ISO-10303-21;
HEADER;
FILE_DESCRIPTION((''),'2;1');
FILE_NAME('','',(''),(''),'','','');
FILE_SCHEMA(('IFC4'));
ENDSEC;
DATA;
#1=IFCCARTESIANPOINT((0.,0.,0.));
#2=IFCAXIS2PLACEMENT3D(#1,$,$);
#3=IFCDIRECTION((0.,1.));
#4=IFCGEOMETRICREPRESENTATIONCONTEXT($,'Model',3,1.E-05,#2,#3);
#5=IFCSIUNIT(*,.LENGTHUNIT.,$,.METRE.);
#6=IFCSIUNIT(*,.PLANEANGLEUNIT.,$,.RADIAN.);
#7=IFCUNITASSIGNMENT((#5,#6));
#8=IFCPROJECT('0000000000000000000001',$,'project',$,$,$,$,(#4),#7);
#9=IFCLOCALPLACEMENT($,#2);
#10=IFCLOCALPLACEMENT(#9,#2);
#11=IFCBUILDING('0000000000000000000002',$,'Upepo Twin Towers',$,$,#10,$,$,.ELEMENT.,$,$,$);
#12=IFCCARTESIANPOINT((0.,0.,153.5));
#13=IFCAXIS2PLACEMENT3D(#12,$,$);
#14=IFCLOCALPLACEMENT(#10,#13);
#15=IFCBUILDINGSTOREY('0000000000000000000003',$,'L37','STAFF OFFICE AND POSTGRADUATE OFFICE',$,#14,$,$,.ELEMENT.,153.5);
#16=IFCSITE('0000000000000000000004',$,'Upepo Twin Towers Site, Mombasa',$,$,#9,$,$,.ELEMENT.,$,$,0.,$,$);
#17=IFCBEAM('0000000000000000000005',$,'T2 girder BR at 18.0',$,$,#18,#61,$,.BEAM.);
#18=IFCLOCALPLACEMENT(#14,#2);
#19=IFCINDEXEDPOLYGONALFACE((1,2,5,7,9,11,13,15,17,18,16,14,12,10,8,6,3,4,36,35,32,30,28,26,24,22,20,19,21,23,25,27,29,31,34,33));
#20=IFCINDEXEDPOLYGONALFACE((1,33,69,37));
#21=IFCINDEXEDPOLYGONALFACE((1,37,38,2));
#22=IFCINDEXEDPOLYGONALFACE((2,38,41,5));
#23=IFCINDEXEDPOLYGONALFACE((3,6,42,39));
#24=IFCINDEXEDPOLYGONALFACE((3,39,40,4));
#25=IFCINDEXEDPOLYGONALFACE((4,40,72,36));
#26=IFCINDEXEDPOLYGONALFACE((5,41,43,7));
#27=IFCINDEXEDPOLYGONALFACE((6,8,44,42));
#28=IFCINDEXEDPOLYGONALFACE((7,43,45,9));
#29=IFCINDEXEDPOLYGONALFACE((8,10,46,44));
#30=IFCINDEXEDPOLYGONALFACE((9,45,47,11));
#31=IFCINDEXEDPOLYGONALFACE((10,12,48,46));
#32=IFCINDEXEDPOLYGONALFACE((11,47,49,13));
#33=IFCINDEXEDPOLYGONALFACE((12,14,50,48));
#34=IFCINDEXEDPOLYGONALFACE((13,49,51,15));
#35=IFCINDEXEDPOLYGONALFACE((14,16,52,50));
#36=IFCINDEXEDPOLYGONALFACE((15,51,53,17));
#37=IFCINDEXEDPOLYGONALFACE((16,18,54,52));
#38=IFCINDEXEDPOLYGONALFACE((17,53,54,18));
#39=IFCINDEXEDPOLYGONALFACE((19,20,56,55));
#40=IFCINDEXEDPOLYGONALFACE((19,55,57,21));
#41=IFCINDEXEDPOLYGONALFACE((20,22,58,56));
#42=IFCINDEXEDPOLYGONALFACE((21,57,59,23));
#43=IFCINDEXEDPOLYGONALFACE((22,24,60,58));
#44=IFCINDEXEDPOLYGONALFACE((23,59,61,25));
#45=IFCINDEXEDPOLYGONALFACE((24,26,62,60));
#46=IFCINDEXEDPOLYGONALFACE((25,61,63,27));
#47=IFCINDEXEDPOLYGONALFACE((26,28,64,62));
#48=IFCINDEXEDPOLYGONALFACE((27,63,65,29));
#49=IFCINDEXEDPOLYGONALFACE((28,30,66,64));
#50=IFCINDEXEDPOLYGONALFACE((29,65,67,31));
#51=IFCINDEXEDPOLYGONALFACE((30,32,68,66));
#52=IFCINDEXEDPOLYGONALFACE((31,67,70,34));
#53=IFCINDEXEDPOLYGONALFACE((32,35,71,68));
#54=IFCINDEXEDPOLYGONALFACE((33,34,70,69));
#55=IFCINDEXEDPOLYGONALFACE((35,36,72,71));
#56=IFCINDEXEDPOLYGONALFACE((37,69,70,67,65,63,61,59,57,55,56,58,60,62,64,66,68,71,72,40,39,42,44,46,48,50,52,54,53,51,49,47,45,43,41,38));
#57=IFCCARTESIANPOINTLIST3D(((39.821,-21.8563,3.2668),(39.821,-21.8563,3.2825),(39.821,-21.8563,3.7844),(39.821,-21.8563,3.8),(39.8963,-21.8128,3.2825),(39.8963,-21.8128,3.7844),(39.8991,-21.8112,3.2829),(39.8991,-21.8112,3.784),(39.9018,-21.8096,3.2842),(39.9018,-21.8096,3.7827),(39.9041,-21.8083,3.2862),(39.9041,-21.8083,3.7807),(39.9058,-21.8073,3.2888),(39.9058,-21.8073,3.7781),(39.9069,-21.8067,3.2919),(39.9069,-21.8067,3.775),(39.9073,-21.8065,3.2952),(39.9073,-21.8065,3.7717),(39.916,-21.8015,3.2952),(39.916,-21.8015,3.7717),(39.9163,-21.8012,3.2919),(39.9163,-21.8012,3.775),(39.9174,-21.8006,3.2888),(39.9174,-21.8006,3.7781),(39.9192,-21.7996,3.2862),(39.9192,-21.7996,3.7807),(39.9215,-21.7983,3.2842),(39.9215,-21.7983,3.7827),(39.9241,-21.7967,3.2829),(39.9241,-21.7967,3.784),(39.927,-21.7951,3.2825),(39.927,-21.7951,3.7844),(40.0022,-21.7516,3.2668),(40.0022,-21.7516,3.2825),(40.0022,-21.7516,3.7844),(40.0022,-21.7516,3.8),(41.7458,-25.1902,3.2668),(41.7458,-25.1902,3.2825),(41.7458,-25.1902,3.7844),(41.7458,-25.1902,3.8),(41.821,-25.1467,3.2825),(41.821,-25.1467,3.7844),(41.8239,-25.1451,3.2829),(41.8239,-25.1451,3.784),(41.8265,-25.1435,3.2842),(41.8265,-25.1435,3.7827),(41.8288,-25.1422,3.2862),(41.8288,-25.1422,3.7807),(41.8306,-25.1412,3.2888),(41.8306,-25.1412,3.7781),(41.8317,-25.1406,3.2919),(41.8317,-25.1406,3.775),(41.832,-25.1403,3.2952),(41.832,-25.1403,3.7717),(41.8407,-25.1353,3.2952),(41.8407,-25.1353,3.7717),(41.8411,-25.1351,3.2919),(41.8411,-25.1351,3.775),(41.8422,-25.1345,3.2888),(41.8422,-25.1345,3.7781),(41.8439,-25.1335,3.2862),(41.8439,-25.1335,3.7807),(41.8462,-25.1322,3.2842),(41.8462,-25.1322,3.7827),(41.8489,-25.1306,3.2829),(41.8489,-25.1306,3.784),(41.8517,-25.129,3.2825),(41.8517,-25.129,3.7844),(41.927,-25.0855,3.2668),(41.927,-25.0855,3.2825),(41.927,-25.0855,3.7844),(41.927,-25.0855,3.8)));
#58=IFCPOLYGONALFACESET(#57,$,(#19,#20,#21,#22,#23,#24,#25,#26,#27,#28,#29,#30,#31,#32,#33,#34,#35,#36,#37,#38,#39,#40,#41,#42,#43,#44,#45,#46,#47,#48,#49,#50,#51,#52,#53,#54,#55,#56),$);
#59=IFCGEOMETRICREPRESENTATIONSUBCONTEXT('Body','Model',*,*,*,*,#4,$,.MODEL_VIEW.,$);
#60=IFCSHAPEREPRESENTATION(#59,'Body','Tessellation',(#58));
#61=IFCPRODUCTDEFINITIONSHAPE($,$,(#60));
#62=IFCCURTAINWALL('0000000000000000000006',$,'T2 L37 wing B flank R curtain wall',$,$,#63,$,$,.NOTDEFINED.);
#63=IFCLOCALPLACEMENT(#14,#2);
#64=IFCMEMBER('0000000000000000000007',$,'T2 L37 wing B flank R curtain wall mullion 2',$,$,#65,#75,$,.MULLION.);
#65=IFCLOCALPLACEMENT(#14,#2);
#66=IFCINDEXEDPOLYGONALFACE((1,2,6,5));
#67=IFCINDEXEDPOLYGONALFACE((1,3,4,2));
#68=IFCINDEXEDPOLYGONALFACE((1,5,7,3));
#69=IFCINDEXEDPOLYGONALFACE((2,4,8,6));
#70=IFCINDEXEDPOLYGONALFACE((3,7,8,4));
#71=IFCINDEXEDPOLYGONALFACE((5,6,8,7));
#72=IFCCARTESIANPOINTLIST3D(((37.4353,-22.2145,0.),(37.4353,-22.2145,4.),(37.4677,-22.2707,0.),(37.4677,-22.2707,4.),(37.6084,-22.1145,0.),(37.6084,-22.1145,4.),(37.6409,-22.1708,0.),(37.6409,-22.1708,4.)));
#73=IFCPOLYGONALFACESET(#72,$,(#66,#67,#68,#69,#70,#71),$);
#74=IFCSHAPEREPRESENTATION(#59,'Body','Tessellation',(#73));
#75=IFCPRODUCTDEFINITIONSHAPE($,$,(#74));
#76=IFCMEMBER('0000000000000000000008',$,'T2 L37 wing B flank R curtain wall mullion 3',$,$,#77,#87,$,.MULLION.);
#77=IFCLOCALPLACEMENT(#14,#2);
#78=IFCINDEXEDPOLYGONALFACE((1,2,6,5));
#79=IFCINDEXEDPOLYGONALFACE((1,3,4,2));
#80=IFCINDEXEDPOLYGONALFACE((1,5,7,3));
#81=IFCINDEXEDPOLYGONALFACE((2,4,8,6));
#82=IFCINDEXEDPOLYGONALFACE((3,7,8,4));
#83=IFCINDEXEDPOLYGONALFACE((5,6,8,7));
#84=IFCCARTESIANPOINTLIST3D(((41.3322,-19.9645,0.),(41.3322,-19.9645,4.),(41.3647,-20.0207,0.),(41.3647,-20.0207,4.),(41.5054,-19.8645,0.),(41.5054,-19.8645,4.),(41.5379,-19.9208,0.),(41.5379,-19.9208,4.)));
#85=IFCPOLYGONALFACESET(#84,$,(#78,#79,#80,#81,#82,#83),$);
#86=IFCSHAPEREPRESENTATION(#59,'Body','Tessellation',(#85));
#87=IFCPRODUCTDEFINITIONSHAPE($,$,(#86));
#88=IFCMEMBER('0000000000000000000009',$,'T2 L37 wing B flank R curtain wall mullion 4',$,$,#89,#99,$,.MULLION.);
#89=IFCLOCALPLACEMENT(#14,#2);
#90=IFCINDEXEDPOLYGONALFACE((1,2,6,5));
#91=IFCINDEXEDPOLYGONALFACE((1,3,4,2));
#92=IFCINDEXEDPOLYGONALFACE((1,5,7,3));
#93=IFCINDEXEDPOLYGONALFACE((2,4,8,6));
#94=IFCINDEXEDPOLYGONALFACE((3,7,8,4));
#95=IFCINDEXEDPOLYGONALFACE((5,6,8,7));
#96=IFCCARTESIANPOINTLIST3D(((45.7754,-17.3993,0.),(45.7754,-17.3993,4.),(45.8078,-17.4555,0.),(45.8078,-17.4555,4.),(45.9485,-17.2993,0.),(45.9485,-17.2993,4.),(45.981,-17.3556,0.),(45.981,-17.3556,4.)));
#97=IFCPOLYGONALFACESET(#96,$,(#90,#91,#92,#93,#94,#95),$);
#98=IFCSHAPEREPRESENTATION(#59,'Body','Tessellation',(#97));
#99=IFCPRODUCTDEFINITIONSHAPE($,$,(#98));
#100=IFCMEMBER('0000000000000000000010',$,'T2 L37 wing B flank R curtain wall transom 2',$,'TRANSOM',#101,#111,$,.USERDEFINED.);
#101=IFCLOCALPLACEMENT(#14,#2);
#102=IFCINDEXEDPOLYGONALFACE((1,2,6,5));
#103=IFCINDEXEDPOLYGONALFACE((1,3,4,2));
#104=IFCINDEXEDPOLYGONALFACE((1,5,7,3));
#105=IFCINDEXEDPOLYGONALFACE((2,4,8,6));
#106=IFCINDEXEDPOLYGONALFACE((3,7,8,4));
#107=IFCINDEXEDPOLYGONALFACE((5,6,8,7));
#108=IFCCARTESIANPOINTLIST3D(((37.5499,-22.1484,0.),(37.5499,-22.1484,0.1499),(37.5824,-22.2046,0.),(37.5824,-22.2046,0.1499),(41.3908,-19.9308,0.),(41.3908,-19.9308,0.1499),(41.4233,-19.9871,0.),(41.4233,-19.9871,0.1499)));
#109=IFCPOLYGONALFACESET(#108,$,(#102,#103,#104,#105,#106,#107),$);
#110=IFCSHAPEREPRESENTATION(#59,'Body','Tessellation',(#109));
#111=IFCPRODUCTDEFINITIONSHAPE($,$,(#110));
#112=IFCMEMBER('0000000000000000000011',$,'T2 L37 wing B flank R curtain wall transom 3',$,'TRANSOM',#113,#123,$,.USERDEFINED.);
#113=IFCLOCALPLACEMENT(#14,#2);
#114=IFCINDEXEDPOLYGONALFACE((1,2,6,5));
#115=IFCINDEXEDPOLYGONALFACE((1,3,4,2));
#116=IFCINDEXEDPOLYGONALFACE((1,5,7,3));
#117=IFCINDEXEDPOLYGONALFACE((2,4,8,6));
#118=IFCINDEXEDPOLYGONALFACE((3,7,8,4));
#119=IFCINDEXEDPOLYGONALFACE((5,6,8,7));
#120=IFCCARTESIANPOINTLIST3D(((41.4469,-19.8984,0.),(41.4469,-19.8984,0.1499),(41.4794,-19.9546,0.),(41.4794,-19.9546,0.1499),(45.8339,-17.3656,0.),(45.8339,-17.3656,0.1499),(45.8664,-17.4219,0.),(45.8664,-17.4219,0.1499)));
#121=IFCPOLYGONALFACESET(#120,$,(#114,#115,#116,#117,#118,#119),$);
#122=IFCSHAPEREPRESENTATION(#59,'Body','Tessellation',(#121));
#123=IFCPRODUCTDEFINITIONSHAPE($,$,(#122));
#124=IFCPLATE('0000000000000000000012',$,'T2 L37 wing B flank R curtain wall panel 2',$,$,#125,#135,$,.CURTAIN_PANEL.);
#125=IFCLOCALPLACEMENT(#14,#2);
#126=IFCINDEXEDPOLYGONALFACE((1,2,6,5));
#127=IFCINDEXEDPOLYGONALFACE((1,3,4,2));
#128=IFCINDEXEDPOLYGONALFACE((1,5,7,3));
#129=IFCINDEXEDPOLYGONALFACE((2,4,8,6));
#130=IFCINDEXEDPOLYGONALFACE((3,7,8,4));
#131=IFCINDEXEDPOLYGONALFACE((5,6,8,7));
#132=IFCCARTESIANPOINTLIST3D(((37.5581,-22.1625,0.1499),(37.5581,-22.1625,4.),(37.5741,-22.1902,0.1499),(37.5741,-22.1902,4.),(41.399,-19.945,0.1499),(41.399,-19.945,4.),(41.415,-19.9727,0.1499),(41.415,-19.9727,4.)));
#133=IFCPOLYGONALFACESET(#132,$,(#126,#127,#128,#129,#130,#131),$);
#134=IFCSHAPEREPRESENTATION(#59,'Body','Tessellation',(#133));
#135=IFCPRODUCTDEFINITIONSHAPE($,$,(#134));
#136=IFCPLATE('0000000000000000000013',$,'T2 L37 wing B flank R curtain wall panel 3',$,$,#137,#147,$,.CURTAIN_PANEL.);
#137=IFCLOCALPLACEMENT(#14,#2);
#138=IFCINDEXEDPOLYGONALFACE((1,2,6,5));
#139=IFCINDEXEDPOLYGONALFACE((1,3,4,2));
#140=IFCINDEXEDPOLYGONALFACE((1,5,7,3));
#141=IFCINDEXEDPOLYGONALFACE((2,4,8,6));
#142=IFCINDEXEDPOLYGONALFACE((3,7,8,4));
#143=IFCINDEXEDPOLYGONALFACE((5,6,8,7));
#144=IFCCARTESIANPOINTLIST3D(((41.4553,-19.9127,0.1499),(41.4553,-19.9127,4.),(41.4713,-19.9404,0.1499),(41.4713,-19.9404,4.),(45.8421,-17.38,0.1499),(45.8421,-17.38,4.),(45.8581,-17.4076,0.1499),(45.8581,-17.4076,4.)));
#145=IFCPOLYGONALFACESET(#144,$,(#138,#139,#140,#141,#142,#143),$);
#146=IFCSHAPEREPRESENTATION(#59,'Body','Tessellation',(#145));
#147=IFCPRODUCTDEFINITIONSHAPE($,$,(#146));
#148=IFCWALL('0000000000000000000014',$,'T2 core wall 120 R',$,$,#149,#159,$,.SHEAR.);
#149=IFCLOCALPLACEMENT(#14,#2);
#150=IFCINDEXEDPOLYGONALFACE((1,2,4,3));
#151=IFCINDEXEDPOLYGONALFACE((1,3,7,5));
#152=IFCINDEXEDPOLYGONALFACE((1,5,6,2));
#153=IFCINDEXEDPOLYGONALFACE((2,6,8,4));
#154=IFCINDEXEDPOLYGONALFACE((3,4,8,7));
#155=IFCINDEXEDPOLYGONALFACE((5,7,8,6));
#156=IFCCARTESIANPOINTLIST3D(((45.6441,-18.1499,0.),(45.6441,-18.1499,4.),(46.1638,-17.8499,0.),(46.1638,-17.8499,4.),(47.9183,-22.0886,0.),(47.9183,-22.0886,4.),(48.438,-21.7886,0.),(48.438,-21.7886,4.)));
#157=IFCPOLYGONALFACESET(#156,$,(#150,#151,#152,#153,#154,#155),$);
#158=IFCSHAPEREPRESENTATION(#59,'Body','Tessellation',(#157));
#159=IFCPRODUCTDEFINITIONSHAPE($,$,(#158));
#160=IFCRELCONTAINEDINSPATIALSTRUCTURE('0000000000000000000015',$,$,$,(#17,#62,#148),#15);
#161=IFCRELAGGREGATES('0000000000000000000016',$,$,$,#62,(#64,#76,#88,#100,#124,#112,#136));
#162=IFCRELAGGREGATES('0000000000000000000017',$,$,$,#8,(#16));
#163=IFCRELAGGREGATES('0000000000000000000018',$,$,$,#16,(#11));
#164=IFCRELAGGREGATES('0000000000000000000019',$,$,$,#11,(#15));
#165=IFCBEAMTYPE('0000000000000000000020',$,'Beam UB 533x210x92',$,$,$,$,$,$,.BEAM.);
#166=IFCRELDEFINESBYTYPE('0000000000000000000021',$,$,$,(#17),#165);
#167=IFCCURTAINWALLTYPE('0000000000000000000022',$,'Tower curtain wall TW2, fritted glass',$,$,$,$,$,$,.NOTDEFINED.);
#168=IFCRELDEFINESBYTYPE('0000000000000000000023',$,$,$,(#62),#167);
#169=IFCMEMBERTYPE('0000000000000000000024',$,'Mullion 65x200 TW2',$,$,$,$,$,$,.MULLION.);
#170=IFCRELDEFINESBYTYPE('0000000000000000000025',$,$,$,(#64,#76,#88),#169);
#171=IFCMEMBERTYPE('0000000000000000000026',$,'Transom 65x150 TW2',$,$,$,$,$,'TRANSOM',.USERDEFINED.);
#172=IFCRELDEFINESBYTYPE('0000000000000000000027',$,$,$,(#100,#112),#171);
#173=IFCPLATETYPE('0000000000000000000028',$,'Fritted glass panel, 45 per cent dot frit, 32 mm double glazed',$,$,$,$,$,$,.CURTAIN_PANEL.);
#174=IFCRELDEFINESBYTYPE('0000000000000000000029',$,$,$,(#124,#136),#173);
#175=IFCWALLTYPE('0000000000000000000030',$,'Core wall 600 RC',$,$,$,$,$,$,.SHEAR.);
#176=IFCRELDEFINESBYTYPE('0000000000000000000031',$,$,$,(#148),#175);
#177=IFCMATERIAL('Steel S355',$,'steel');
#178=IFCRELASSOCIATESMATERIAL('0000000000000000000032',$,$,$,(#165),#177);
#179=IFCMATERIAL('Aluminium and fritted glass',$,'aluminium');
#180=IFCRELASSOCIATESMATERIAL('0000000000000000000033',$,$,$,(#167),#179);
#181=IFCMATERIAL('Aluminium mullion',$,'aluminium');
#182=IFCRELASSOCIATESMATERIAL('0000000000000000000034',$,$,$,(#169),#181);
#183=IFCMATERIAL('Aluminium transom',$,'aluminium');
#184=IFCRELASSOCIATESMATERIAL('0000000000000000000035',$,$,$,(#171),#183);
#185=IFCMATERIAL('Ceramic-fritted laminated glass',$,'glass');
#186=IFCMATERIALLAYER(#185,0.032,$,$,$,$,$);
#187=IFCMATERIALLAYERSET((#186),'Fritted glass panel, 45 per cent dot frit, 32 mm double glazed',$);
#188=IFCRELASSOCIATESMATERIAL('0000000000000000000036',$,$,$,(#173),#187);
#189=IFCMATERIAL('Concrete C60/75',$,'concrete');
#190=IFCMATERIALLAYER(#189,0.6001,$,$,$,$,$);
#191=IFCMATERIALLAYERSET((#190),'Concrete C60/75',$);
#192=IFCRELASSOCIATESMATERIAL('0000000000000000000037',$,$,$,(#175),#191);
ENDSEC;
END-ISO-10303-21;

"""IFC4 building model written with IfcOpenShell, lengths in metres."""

from ifc_helpers import new_model, si_unit, direction, frame, frame_2d, origin, origin_2d, place, context, subcontext, project, spatial, rectangle, i_section, extrude, material, layer, layer_set, material_profile, profile_set, type_object, element, aggregate, save


model = new_model("IFC4")

# Units and contexts
model_context = context("Model", 3, precision=1e-05, world=origin(), true_north=direction((0.0, 1.0)))
body_context = subcontext(model_context, "Body", "Model", "MODEL_VIEW")
ifc_project = project(units=[si_unit("LENGTHUNIT", "METRE"), si_unit("PLANEANGLEUNIT", "RADIAN")], contexts=[model_context])

# Site, building, storey
site_placement = place(None, origin())
site = spatial("IfcSite", under=ifc_project, at=site_placement, Name="Upepo Twin Towers Site, Mombasa", CompositionType="ELEMENT", RefElevation=0.0)
building_placement = place(site_placement, origin())
building = spatial("IfcBuilding", under=site, at=building_placement, Name="Upepo Twin Towers", CompositionType="ELEMENT")
storey_placement = place(building_placement, frame((0.0, 0.0, 153.5)))
storey = spatial("IfcBuildingStorey", under=building, at=storey_placement, Name="L37", Description="STAFF OFFICE AND POSTGRADUATE OFFICE", CompositionType="ELEMENT", Elevation=153.5)

# Beam
ifc_material_1 = material(Name="Steel S355", Category="steel")
ifc_material_profile_1 = material_profile(ifc_material_1, i_section(OverallWidth=0.2092, OverallDepth=0.5332, WebThickness=0.01, FlangeThickness=0.0156, FilletRadius=0.0127, at=origin_2d()), Name="UB 533x210x92")
ifc_profile_set_1 = profile_set([ifc_material_profile_1], Name="Steel S355")
beam_type_1 = type_object("IfcBeamType", Name="Beam UB 533x210x92", PredefinedType="BEAM", material=ifc_profile_set_1)
beam_1_placement = place(storey_placement, frame((39.9116, -21.804, 3.5334), z_axis=(0.499986, -0.866034, 0.0), x_axis=(0.866034, 0.499986, 0.0)))
element("IfcBeam", 1, at=beam_1_placement, inside=storey, type_object=beam_type_1, Name="T2 girder BR at 18.0", PredefinedType="BEAM", context=body_context, shape_type="SweptSolid", body=[
    extrude(i_section(OverallWidth=0.2092, OverallDepth=0.5332, WebThickness=0.01, FlangeThickness=0.0156, FilletRadius=0.0127, at=origin_2d()), origin(), (0.0, 0.0, 1.0), 3.8496),
])

# Curtain wall, members, plates
ifc_material_2 = material(Name="Aluminium and fritted glass", Category="aluminium")
curtain_wall_type = type_object("IfcCurtainWallType", Name="Tower curtain wall TW2, fritted glass", PredefinedType="NOTDEFINED", material=ifc_material_2)
curtain_wall_placement = place(storey_placement, origin())
curtain_wall = element("IfcCurtainWall", 2, at=curtain_wall_placement, inside=storey, type_object=curtain_wall_type, Name="T2 L37 wing B flank R curtain wall", PredefinedType="NOTDEFINED")
ifc_material_3 = material(Name="Aluminium mullion", Category="aluminium")
ifc_material_profile_2 = material_profile(ifc_material_3, rectangle(XDim=0.0649, YDim=0.2, at=origin_2d()), Name="MULLION 65x200")
ifc_profile_set_2 = profile_set([ifc_material_profile_2], Name="Aluminium mullion")
member_type_1 = type_object("IfcMemberType", Name="Mullion 65x200 TW2", PredefinedType="MULLION", material=ifc_profile_set_2)
member_1_placement = place(storey_placement, frame((37.5381, -22.1926, 0.0), z_axis=(0.0, 0.0, 1.0), x_axis=(-0.5, 0.866025, 0.0)))
member_1 = element("IfcMember", 3, at=member_1_placement, type_object=member_type_1, Name="T2 L37 wing B flank R curtain wall mullion 2", PredefinedType="MULLION", context=body_context, shape_type="SweptSolid", body=[
    extrude(rectangle(XDim=0.0649, YDim=0.2, at=origin_2d()), origin(), (0.0, 0.0, 1.0), 4.0),
])
member_2_placement = place(storey_placement, frame((41.4351, -19.9426, 0.0), z_axis=(0.0, 0.0, 1.0), x_axis=(-0.5, 0.866025, 0.0)))
member_2 = element("IfcMember", 4, at=member_2_placement, type_object=member_type_1, Name="T2 L37 wing B flank R curtain wall mullion 3", PredefinedType="MULLION", context=body_context, shape_type="SweptSolid", body=[
    extrude(rectangle(XDim=0.0649, YDim=0.2, at=origin_2d()), origin(), (0.0, 0.0, 1.0), 4.0),
])
member_3_placement = place(storey_placement, frame((45.8782, -17.3774, 0.0), z_axis=(0.0, 0.0, 1.0), x_axis=(-0.5, 0.866025, 0.0)))
member_3 = element("IfcMember", 5, at=member_3_placement, type_object=member_type_1, Name="T2 L37 wing B flank R curtain wall mullion 4", PredefinedType="MULLION", context=body_context, shape_type="SweptSolid", body=[
    extrude(rectangle(XDim=0.0649, YDim=0.2, at=origin_2d()), origin(), (0.0, 0.0, 1.0), 4.0),
])
ifc_material_4 = material(Name="Aluminium transom", Category="aluminium")
ifc_material_profile_3 = material_profile(ifc_material_4, rectangle(XDim=0.0649, YDim=0.1499, at=origin_2d()), Name="TRANSOM 65x150")
ifc_profile_set_3 = profile_set([ifc_material_profile_3], Name="Aluminium transom")
member_type_2 = type_object("IfcMemberType", Name="Transom 65x150 TW2", ElementType="TRANSOM", PredefinedType="USERDEFINED", material=ifc_profile_set_3)
member_4_placement = place(storey_placement, frame((37.5662, -22.1765, 0.075), z_axis=(0.866022, 0.500005, 0.0), x_axis=(-0.500005, 0.866022, 0.0)))
member_4 = element("IfcMember", 6, at=member_4_placement, type_object=member_type_2, Name="T2 L37 wing B flank R curtain wall transom 2", ObjectType="TRANSOM", PredefinedType="USERDEFINED", context=body_context, shape_type="SweptSolid", body=[
    extrude(rectangle(XDim=0.0649, YDim=0.1499, at=origin_2d()), origin(), (0.0, 0.0, 1.0), 4.4351),
])
member_5_placement = place(storey_placement, frame((41.4631, -19.9265, 0.075), z_axis=(0.866034, 0.499985, 0.0), x_axis=(-0.499985, 0.866034, 0.0)))
member_5 = element("IfcMember", 7, at=member_5_placement, type_object=member_type_2, Name="T2 L37 wing B flank R curtain wall transom 3", ObjectType="TRANSOM", PredefinedType="USERDEFINED", context=body_context, shape_type="SweptSolid", body=[
    extrude(rectangle(XDim=0.0649, YDim=0.1499, at=origin_2d()), origin(), (0.0, 0.0, 1.0), 5.0657),
])
ifc_material_5 = material(Name="Ceramic-fritted laminated glass", Category="glass")
ifc_layer_1 = layer(ifc_material_5, 0.032)
ifc_layer_set_1 = layer_set([ifc_layer_1], Name="Fritted glass panel, 45 per cent dot frit, 32 mm double glazed")
plate_type = type_object("IfcPlateType", Name="Fritted glass panel, 45 per cent dot frit, 32 mm double glazed", PredefinedType="CURTAIN_PANEL", material=ifc_layer_set_1)
plate_1_placement = place(storey_placement, frame((39.4866, -21.0676, 0.1499), z_axis=(0.0, 0.0, 1.0), x_axis=(0.866025, 0.5, 0.0)))
plate_1 = element("IfcPlate", 8, at=plate_1_placement, type_object=plate_type, Name="T2 L37 wing B flank R curtain wall panel 2", PredefinedType="CURTAIN_PANEL", context=body_context, shape_type="SweptSolid", body=[
    extrude(rectangle(XDim=4.4351, YDim=0.032, at=origin_2d()), origin(), (0.0, 0.0, 1.0), 3.8501),
])
plate_2_placement = place(storey_placement, frame((43.6567, -18.6602, 0.1499), z_axis=(0.0, 0.0, 1.0), x_axis=(0.866025, 0.5, 0.0)))
plate_2 = element("IfcPlate", 9, at=plate_2_placement, type_object=plate_type, Name="T2 L37 wing B flank R curtain wall panel 3", PredefinedType="CURTAIN_PANEL", context=body_context, shape_type="SweptSolid", body=[
    extrude(rectangle(XDim=5.0654, YDim=0.032, at=origin_2d()), origin(), (0.0, 0.0, 1.0), 3.8501),
])
aggregate(curtain_wall, [member_1, member_2, member_3, member_4, plate_1, member_5, plate_2])

# Wall
ifc_material_6 = material(Name="Concrete C60/75", Category="concrete")
ifc_layer_2 = layer(ifc_material_6, 0.6001)
ifc_layer_set_2 = layer_set([ifc_layer_2], Name="Concrete C60/75")
wall_type = type_object("IfcWallType", Name="Core wall 600 RC", PredefinedType="SHEAR", material=ifc_layer_set_2)
wall_1_placement = place(storey_placement, frame((45.9041, -18.0, 0.0), z_axis=(0.0, 0.0, 1.0), x_axis=(0.500024, -0.866011, 0.0)))
element("IfcWall", 10, at=wall_1_placement, inside=storey, type_object=wall_type, Name="T2 core wall 120 R", PredefinedType="SHEAR", context=body_context, shape_type="SweptSolid", body=[
    extrude(rectangle(XDim=4.5481, YDim=0.6001, at=frame_2d((2.2739, 0.0))), origin(), (0.0, 0.0, 1.0), 4.0),
])

save(model, "model.ifc")
